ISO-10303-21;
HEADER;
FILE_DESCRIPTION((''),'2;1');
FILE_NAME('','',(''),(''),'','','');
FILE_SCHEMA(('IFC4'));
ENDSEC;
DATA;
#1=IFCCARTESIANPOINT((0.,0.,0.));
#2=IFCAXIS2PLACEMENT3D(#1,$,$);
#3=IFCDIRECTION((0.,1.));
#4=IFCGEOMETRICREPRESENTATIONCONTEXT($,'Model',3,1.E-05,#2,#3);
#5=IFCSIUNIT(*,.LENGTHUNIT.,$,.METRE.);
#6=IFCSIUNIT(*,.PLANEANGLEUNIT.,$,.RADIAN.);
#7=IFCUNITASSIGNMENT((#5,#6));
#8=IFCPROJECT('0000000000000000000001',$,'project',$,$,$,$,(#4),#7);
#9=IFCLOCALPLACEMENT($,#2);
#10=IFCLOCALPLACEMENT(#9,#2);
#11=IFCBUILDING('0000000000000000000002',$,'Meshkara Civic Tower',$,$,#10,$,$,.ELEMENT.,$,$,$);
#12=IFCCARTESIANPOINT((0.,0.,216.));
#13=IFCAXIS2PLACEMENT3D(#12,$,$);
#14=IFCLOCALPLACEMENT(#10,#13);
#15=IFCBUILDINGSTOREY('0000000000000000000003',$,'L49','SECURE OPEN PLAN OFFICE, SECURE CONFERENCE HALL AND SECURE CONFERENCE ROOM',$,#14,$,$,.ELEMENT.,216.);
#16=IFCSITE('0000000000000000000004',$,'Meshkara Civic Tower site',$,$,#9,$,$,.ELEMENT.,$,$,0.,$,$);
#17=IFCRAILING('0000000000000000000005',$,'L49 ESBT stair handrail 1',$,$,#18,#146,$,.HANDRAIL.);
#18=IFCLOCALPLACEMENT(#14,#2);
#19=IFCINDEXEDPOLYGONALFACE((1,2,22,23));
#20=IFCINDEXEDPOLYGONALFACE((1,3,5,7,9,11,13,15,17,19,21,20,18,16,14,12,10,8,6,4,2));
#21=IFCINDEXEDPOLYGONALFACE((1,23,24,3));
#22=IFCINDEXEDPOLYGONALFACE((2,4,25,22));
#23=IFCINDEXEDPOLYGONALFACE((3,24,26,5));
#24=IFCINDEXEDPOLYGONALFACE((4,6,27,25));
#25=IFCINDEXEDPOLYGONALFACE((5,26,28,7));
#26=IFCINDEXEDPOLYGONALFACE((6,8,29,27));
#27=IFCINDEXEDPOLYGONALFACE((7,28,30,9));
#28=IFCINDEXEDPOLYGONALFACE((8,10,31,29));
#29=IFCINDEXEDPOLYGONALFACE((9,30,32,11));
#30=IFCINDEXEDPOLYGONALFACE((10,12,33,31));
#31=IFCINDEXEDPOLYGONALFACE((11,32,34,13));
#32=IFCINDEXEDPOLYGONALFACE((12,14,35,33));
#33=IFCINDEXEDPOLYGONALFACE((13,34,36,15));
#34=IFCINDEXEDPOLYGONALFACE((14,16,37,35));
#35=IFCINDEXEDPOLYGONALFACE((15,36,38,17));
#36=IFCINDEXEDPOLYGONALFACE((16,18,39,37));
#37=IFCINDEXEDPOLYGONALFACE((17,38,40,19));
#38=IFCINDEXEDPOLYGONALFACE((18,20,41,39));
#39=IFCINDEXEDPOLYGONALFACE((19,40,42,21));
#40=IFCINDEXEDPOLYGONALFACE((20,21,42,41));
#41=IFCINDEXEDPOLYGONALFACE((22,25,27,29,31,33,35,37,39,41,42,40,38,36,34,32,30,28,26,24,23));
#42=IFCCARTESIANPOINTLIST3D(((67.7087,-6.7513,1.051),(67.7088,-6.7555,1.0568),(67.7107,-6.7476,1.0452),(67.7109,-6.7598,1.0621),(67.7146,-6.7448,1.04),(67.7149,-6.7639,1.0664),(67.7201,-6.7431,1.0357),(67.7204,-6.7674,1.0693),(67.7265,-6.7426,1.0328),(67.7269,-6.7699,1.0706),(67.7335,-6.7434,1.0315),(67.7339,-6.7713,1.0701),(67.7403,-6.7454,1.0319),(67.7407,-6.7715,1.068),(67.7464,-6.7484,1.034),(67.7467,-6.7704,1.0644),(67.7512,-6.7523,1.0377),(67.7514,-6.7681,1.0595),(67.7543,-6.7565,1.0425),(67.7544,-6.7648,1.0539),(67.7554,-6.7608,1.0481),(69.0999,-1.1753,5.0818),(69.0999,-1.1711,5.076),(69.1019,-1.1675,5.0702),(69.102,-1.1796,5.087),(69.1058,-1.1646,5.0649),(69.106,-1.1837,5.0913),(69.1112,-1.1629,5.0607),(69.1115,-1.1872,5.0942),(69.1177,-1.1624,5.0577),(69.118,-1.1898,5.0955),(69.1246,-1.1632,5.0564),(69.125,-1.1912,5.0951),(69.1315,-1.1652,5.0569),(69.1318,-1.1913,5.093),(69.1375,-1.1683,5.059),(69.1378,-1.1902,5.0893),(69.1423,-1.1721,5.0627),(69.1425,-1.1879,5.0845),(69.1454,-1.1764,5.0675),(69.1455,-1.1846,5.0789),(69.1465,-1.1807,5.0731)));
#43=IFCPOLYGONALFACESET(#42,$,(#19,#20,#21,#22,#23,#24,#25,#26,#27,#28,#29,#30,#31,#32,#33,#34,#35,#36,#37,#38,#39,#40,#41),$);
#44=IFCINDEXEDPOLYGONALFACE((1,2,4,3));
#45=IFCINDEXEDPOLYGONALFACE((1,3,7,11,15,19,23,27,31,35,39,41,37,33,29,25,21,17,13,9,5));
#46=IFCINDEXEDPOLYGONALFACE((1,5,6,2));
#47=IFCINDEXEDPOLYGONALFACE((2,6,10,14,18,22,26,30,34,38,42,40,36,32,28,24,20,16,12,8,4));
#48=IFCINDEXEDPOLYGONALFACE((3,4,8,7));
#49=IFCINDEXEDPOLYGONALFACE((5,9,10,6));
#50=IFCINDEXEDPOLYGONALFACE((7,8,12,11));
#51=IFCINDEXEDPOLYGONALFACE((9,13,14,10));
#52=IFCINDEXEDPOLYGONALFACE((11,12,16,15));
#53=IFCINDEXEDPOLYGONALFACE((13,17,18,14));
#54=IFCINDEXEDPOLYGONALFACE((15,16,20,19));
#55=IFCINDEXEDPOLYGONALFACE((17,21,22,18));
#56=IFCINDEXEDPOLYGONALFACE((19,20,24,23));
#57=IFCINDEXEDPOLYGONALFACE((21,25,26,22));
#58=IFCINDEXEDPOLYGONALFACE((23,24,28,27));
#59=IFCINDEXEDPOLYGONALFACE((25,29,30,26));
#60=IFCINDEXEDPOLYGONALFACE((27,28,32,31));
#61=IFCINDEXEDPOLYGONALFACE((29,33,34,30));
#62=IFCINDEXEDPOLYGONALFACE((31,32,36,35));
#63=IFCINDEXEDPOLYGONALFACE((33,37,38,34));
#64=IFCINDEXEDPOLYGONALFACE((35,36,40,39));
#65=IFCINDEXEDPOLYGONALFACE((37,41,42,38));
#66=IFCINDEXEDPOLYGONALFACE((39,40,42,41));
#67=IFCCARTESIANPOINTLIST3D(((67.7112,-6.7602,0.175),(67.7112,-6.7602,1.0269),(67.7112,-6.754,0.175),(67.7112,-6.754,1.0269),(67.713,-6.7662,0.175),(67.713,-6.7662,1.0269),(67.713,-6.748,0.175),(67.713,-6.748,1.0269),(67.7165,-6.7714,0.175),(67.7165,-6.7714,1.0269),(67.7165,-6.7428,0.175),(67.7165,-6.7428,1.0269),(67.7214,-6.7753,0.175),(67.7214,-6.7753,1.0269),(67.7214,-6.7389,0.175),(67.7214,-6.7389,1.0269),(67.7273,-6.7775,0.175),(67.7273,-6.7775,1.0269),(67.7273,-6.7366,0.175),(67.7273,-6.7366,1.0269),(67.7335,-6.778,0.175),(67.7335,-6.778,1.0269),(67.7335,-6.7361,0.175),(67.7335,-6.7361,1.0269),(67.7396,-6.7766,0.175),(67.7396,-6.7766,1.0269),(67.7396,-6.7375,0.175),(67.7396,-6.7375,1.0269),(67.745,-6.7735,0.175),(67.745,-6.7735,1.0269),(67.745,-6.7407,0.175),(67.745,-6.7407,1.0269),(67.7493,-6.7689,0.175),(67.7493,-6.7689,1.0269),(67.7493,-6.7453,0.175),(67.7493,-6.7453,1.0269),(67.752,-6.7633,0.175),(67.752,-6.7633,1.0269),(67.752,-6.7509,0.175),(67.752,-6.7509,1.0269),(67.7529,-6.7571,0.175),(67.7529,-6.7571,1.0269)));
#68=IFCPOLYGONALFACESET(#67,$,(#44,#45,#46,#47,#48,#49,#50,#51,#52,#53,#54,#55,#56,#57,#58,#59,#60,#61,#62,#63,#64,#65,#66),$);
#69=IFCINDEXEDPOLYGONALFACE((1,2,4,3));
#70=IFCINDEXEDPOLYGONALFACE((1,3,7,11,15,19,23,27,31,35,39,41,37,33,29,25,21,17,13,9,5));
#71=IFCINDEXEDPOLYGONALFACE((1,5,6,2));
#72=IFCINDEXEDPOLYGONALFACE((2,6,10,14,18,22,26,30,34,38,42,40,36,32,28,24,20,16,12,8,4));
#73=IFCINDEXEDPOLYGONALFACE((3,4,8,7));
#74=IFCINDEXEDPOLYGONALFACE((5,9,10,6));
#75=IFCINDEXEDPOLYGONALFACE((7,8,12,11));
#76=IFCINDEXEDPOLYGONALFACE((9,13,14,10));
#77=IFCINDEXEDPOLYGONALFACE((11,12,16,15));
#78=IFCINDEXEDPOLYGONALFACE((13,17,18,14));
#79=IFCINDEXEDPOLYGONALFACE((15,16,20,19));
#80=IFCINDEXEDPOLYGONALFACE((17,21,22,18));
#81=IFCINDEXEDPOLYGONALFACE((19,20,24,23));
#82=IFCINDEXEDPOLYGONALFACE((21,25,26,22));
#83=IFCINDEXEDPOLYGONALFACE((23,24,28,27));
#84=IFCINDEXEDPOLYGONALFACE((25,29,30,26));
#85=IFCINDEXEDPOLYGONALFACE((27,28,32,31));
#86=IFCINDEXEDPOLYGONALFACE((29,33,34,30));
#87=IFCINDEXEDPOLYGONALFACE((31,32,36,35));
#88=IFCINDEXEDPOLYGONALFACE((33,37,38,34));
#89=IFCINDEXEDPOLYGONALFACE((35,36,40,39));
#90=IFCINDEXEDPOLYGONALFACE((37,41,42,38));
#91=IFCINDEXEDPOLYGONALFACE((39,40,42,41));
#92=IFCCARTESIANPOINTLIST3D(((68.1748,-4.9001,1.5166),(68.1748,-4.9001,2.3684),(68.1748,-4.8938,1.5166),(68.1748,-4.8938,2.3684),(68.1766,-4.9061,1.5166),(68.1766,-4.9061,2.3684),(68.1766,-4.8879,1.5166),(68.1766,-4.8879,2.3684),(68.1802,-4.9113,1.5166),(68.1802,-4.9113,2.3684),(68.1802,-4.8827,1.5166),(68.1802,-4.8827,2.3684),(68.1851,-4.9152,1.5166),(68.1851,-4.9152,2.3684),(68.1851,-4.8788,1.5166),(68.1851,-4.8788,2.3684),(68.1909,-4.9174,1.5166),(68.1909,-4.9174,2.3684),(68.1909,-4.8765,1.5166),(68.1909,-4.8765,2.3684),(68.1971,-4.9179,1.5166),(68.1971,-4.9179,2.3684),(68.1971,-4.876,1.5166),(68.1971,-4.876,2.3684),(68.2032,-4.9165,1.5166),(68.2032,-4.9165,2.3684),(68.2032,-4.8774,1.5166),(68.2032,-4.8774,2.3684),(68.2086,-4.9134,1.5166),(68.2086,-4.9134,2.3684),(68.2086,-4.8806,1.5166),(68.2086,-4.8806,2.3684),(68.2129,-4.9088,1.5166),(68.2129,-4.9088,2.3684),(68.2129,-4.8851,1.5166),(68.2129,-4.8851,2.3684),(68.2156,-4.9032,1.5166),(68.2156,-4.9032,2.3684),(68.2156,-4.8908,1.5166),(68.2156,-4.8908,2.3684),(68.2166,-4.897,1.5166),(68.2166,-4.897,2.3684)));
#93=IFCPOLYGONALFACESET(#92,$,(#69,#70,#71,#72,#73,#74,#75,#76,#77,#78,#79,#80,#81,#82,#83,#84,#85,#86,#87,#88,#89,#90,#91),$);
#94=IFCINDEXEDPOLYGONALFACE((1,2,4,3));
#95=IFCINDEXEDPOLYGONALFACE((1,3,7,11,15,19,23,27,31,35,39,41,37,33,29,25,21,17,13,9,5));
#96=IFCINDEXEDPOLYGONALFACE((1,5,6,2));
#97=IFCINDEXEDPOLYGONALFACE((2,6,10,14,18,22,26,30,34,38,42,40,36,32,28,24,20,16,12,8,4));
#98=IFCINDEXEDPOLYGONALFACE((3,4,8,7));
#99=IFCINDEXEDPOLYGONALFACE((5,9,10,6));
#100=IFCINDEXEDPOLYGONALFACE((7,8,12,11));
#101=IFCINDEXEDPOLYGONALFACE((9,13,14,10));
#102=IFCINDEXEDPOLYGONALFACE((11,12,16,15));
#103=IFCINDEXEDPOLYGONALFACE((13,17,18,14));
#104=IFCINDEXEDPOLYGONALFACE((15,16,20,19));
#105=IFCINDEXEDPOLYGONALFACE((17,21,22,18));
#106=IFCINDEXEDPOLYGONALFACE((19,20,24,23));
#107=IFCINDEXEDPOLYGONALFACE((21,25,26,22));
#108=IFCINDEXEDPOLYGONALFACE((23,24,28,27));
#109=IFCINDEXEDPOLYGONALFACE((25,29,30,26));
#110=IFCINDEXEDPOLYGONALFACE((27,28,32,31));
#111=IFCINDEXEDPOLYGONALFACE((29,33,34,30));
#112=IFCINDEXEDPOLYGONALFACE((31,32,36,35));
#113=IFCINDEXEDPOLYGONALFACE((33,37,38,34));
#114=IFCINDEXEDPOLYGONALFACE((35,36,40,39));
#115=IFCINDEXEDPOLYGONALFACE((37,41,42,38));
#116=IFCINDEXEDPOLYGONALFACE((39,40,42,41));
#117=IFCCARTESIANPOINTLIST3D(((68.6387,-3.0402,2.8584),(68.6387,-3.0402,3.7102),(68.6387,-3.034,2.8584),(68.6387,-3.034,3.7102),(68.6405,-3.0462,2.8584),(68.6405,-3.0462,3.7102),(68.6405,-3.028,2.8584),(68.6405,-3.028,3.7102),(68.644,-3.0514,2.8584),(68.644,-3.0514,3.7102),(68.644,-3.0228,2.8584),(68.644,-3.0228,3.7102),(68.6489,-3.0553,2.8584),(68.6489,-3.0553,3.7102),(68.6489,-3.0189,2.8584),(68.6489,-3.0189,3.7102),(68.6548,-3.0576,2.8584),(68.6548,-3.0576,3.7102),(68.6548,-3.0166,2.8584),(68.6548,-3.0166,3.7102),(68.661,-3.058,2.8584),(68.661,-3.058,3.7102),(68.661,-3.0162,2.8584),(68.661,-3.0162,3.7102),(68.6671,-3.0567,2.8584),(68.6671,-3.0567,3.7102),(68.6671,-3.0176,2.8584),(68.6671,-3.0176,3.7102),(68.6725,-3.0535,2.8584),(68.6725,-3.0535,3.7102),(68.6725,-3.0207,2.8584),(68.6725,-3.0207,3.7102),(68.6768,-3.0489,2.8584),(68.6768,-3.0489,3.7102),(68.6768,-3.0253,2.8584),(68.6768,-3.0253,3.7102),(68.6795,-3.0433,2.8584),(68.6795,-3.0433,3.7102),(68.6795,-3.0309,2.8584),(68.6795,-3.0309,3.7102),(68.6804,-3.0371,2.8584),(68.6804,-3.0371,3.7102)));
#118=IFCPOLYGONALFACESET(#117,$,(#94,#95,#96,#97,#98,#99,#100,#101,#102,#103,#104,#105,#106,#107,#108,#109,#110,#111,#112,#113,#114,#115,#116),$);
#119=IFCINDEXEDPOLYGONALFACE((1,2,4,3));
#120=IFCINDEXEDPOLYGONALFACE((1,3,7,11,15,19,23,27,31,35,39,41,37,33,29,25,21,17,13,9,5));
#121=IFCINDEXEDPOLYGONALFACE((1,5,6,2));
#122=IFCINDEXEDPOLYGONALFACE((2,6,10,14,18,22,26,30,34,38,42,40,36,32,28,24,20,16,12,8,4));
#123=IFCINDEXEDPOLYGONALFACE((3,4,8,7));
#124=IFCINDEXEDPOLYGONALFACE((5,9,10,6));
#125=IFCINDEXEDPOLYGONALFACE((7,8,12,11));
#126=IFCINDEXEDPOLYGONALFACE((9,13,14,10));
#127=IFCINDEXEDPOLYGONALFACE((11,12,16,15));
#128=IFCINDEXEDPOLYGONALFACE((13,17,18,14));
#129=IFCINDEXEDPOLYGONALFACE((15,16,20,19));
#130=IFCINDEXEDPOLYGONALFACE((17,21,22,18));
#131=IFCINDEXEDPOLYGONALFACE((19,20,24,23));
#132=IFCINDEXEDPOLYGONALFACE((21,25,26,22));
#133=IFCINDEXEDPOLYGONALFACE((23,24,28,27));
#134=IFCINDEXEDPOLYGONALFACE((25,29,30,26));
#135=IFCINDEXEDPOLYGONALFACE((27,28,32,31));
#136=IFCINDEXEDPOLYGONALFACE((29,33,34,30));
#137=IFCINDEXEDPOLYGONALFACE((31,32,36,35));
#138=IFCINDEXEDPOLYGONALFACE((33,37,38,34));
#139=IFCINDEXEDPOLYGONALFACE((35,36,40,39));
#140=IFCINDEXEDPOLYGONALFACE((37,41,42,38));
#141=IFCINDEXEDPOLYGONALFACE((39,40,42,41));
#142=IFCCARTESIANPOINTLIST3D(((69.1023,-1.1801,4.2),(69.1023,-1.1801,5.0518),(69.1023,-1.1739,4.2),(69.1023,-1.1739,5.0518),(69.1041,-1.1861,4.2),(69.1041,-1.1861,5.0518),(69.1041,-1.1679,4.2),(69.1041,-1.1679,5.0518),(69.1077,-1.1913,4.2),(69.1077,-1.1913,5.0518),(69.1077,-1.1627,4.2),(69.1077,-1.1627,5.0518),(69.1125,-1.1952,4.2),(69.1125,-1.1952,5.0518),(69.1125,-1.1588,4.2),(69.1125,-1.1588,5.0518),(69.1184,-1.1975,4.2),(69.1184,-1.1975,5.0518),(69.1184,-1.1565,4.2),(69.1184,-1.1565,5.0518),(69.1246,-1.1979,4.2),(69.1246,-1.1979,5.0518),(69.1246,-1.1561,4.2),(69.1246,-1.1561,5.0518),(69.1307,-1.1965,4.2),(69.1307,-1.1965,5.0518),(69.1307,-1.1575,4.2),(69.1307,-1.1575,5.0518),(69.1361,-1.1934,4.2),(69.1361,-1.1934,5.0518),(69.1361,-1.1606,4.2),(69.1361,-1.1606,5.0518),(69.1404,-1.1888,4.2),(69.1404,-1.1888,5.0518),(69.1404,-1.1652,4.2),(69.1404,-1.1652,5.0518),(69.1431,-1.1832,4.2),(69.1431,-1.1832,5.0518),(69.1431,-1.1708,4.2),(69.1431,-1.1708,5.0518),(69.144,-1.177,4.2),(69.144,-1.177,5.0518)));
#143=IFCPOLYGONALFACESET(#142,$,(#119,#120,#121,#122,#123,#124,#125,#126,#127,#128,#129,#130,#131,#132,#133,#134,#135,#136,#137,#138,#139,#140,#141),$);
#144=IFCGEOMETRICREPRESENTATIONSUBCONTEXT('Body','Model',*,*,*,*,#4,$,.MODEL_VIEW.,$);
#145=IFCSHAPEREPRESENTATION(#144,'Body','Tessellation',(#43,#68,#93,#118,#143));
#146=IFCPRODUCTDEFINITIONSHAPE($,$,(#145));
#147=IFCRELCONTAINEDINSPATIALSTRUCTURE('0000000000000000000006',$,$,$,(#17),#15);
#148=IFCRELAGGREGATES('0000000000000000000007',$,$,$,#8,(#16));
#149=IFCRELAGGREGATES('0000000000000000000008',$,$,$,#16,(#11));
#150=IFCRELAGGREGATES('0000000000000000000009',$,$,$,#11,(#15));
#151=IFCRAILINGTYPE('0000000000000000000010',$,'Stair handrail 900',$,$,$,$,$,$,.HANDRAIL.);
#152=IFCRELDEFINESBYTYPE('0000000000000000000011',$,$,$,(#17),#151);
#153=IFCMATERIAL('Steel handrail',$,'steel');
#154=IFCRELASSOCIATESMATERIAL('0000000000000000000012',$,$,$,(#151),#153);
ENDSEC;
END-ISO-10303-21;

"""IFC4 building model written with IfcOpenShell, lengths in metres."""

from ifc_helpers import new_model, si_unit, direction, frame, origin, origin_2d, place, context, subcontext, project, spatial, circle, extrude, material, type_object, element, save


model = new_model("IFC4")

# Units and contexts
model_context = context("Model", 3, precision=1e-05, world=origin(), true_north=direction((0.0, 1.0)))
body_context = subcontext(model_context, "Body", "Model", "MODEL_VIEW")
ifc_project = project(units=[si_unit("LENGTHUNIT", "METRE"), si_unit("PLANEANGLEUNIT", "RADIAN")], contexts=[model_context])

# Site, building, storey
site_placement = place(None, origin())
site = spatial("IfcSite", under=ifc_project, at=site_placement, Name="Meshkara Civic Tower site", CompositionType="ELEMENT", RefElevation=0.0)
building_placement = place(site_placement, origin())
building = spatial("IfcBuilding", under=site, at=building_placement, Name="Meshkara Civic Tower", CompositionType="ELEMENT")
storey_placement = place(building_placement, frame((0.0, 0.0, 216.0)))
storey = spatial("IfcBuildingStorey", under=building, at=storey_placement, Name="L49", Description="SECURE OPEN PLAN OFFICE, SECURE CONFERENCE HALL AND SECURE CONFERENCE ROOM", CompositionType="ELEMENT", Elevation=216.0)

# Railing
ifc_material_1 = material(Name="Steel handrail", Category="steel")
railing_type_1 = type_object("IfcRailingType", Name="Stair handrail 900", PredefinedType="HANDRAIL", material=ifc_material_1)
railing_1_placement = place(storey_placement, frame((67.7319, -6.7571, 0.175)))
element("IfcRailing", 1, at=railing_1_placement, inside=storey, type_object=railing_type_1, Name="L49 ESBT stair handrail 1", PredefinedType="HANDRAIL", context=body_context, shape_type="SweptSolid", body=[
    extrude(circle(Radius=0.0239, at=origin_2d()), frame((0.0, 0.0, 0.876), z_axis=(0.198181, 0.794948, 0.573395), x_axis=(-0.970302, 0.241896, 0.0)), (0.0, 0.0, 1.0), 7.0195),
    extrude(circle(Radius=0.021, at=origin_2d()), origin(), (0.0, 0.0, 1.0), 0.8518),
    extrude(circle(Radius=0.021, at=origin_2d()), frame((0.4636, 1.8601, 1.3416)), (0.0, 0.0, 1.0), 0.8518),
    extrude(circle(Radius=0.021, at=origin_2d()), frame((0.9275, 3.72, 2.6833)), (0.0, 0.0, 1.0), 0.8518),
    extrude(circle(Radius=0.021, at=origin_2d()), frame((1.3911, 5.5801, 4.0249)), (0.0, 0.0, 1.0), 0.8518),
])

save(model, "model.ifc")
